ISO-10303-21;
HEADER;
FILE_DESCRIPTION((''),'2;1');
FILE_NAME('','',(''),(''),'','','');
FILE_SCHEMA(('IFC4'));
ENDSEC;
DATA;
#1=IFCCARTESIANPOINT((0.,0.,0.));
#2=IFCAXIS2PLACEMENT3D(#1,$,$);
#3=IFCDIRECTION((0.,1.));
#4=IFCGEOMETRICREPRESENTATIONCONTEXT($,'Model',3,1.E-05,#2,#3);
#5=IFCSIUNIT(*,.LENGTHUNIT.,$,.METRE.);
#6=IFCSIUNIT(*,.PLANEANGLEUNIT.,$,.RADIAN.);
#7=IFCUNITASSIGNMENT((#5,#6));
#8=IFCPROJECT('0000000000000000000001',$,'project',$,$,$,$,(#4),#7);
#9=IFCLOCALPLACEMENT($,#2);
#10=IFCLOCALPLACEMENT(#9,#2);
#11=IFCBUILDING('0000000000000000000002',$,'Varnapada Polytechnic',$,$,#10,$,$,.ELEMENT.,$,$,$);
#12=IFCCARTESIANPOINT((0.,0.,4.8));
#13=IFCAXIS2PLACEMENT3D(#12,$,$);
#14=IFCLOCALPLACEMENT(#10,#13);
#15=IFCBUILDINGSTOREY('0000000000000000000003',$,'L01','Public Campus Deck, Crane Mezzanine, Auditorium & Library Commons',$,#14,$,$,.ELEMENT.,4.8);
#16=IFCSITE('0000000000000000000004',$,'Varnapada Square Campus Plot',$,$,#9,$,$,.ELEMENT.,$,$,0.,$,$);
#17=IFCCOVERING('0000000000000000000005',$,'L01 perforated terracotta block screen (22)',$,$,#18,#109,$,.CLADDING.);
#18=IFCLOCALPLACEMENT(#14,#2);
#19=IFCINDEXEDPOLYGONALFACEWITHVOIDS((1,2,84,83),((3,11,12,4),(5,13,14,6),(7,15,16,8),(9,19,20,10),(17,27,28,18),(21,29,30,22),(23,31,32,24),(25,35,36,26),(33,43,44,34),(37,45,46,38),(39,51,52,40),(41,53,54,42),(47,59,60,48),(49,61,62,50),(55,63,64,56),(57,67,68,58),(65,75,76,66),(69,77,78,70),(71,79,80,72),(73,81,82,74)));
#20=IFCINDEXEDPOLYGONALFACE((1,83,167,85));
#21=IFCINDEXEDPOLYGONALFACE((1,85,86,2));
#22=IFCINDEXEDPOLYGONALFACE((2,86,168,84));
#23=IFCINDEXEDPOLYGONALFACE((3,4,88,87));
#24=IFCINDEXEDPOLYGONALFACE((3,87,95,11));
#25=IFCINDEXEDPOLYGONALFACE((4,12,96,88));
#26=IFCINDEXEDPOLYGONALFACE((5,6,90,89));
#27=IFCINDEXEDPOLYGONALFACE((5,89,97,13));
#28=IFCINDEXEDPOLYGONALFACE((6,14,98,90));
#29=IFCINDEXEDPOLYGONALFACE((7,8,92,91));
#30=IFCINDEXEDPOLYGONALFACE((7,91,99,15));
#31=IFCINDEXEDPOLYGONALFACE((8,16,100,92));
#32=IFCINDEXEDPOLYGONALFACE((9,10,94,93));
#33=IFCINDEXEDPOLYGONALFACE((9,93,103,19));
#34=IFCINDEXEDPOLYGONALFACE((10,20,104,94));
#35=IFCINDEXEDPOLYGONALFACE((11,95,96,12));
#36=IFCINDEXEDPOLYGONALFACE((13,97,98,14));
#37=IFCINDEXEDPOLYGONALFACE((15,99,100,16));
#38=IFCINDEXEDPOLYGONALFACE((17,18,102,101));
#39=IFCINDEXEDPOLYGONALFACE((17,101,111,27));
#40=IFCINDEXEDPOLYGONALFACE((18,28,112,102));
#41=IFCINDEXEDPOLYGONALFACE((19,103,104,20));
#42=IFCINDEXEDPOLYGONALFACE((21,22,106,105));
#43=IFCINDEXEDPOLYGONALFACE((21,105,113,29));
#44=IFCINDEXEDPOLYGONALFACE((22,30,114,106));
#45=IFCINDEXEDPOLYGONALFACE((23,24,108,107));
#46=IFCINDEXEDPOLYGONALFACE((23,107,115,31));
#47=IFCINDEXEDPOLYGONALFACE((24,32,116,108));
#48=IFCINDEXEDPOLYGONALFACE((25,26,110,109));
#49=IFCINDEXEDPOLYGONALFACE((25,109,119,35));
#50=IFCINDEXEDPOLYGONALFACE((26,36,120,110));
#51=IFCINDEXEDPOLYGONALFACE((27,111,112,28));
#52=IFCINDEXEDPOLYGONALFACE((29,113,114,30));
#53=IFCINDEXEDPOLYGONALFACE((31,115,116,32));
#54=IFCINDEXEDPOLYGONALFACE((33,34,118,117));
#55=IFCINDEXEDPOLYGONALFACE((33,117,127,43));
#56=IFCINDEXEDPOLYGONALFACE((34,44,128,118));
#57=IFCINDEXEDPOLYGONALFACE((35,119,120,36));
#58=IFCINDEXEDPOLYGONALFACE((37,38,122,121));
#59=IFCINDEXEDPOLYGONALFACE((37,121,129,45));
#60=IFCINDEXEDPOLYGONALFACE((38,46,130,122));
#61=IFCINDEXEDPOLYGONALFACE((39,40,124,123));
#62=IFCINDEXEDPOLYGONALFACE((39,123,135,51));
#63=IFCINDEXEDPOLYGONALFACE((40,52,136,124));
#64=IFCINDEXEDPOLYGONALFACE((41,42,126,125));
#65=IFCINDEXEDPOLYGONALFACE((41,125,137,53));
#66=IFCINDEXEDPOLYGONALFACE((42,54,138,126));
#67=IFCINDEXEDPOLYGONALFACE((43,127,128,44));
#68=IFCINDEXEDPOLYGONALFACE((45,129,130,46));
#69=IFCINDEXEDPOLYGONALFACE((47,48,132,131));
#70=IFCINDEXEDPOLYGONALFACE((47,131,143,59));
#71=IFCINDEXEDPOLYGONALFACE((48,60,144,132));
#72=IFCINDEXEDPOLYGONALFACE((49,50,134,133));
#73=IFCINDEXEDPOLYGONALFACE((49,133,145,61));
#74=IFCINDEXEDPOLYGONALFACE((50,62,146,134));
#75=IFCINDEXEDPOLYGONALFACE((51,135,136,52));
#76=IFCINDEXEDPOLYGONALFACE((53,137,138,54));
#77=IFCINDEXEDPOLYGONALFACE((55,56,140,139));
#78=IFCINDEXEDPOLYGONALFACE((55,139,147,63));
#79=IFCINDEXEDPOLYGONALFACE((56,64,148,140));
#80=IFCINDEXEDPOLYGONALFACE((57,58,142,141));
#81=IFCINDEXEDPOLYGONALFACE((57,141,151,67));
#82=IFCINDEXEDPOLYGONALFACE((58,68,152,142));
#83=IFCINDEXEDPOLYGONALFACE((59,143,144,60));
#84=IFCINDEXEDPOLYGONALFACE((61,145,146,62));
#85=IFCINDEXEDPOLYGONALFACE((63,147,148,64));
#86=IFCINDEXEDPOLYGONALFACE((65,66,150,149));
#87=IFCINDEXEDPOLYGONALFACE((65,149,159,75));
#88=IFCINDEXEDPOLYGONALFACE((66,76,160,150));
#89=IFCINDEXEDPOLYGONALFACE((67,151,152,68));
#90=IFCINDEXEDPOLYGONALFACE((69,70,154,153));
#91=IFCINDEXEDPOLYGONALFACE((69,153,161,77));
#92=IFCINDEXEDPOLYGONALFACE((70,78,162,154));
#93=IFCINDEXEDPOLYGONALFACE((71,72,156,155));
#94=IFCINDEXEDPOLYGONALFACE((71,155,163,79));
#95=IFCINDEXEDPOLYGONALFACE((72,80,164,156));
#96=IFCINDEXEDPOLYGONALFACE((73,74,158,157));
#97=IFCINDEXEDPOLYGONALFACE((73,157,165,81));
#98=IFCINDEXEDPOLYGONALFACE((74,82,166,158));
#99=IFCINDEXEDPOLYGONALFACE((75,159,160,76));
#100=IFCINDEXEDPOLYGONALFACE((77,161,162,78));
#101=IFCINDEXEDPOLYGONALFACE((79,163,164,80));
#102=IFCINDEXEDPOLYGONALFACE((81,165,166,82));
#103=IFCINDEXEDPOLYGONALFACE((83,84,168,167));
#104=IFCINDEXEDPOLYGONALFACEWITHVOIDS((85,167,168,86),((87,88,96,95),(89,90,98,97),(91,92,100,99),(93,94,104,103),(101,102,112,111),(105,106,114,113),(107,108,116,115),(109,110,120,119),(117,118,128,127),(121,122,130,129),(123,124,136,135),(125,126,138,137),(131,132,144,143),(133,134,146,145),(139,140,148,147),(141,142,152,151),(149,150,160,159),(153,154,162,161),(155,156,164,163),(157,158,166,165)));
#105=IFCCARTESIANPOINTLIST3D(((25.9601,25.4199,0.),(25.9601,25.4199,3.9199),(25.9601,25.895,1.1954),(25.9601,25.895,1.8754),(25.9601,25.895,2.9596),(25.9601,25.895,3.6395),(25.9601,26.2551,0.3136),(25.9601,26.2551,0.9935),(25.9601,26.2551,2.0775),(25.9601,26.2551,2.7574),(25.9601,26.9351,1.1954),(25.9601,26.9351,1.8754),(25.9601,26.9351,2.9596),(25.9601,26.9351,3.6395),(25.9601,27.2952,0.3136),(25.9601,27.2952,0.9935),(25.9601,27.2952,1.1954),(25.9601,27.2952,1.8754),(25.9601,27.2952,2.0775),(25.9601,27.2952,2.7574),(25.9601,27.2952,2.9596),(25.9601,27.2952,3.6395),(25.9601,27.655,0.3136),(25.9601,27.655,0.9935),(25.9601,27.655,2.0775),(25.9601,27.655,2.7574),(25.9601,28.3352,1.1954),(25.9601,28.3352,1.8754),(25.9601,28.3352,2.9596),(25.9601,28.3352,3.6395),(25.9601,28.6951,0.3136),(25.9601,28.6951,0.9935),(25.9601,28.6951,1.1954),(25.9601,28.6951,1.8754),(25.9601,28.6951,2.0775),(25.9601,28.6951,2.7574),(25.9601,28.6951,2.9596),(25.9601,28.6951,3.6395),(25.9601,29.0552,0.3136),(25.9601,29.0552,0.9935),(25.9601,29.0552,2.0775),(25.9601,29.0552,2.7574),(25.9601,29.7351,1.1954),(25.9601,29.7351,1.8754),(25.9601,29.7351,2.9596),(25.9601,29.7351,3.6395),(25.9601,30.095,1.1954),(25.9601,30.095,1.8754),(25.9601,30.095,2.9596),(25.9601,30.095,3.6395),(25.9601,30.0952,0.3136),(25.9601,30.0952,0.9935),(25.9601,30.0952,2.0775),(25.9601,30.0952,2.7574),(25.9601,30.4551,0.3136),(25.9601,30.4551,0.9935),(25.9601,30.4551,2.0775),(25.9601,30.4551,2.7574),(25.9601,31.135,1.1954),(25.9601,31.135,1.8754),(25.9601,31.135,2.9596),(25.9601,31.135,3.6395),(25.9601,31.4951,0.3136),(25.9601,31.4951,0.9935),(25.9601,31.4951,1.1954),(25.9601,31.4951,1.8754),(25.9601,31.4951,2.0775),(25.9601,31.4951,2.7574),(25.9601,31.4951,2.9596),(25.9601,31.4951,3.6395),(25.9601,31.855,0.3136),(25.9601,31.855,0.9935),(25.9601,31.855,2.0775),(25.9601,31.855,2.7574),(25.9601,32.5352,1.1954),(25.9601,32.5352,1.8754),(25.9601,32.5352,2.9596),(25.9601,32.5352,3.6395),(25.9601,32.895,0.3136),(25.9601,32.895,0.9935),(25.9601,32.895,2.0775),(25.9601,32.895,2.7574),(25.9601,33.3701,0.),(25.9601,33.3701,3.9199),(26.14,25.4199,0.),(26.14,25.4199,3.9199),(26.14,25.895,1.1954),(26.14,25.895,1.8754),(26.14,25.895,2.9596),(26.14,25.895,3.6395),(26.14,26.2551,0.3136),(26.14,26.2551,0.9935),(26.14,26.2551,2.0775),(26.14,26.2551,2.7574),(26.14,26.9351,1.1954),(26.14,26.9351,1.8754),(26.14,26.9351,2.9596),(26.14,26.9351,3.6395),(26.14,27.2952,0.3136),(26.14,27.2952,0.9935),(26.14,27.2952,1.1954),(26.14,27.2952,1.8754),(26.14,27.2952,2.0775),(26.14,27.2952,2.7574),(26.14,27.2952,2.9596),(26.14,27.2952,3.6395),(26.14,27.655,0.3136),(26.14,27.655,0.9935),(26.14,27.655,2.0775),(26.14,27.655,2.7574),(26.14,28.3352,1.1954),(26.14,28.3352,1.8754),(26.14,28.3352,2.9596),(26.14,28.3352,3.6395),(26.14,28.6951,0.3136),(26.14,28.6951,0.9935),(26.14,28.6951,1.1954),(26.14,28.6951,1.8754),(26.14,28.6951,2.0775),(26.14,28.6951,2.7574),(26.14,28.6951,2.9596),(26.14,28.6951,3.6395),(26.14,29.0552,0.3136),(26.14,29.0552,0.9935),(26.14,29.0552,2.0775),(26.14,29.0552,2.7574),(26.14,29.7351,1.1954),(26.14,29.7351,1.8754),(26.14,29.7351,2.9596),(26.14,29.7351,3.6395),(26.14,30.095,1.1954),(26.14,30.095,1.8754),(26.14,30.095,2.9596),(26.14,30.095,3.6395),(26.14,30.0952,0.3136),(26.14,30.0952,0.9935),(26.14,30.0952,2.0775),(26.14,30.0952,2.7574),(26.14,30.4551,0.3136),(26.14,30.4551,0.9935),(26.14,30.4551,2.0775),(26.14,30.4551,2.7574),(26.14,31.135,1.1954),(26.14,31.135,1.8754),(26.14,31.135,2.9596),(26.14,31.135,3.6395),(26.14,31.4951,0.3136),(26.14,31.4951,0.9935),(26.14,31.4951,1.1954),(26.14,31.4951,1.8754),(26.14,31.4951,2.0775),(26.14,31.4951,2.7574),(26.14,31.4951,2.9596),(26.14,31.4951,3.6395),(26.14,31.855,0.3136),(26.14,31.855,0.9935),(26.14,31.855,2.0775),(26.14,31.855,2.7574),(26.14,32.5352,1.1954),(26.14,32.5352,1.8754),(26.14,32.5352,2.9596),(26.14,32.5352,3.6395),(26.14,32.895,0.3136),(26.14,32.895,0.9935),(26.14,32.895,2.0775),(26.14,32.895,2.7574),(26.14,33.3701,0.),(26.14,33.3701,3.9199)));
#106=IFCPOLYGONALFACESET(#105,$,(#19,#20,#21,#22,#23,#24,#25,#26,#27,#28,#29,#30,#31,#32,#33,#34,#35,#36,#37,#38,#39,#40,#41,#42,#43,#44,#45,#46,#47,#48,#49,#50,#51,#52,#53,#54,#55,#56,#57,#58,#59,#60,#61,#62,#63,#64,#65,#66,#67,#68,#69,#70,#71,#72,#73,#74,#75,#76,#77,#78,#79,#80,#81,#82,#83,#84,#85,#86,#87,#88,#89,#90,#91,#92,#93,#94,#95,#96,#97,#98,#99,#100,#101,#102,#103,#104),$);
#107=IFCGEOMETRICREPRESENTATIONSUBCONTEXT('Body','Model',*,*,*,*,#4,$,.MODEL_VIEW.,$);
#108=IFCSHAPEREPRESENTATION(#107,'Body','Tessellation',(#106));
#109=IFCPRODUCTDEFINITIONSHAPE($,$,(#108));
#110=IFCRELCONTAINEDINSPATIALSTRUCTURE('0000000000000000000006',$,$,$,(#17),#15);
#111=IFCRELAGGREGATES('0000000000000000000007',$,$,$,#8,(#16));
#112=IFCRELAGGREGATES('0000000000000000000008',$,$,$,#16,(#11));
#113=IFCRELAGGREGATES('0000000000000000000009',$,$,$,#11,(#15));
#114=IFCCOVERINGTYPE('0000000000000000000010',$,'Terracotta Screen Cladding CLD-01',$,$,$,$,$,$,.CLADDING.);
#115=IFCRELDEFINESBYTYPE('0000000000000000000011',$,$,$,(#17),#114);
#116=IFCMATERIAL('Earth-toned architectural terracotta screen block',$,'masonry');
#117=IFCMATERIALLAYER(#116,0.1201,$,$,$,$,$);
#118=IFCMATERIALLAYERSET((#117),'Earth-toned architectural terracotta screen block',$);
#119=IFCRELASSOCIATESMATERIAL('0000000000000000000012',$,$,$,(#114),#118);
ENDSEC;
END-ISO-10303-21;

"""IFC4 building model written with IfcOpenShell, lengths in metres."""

from ifc_helpers import new_model, si_unit, direction, frame, frame_2d, origin, place, context, subcontext, project, spatial, rectangle, extrude, material, layer, layer_set, type_object, element, save


model = new_model("IFC4")

# Units and contexts
model_context = context("Model", 3, precision=1e-05, world=origin(), true_north=direction((0.0, 1.0)))
body_context = subcontext(model_context, "Body", "Model", "MODEL_VIEW")
ifc_project = project(units=[si_unit("LENGTHUNIT", "METRE"), si_unit("PLANEANGLEUNIT", "RADIAN")], contexts=[model_context])

# Site, building, storey
site_placement = place(None, origin())
site = spatial("IfcSite", under=ifc_project, at=site_placement, Name="Varnapada Square Campus Plot", CompositionType="ELEMENT", RefElevation=0.0)
building_placement = place(site_placement, origin())
building = spatial("IfcBuilding", under=site, at=building_placement, Name="Varnapada Polytechnic", CompositionType="ELEMENT")
storey_placement = place(building_placement, frame((0.0, 0.0, 4.8)))
storey = spatial("IfcBuildingStorey", under=building, at=storey_placement, Name="L01", Description="Public Campus Deck, Crane Mezzanine, Auditorium & Library Commons", CompositionType="ELEMENT", Elevation=4.8)

# Covering, openings
ifc_material_1 = material(Name="Earth-toned architectural terracotta screen block", Category="masonry")
ifc_layer_1 = layer(ifc_material_1, 0.1201)
ifc_layer_set_1 = layer_set([ifc_layer_1], Name="Earth-toned architectural terracotta screen block")
covering_type = type_object("IfcCoveringType", Name="Terracotta Screen Cladding CLD-01", PredefinedType="CLADDING", material=ifc_layer_set_1)
covering_placement = place(storey_placement, frame((26.05, 33.3701, 0.0), z_axis=(0.0, 0.0, 1.0), x_axis=(0.0, -1.0, 0.0)))
covering = element("IfcCovering", 1, at=covering_placement, inside=storey, type_object=covering_type, Name="L01 perforated terracotta block screen (22)", PredefinedType="CLADDING", context=body_context, shape_type="SweptSolid", body=[
    extrude(rectangle(XDim=7.9502, YDim=0.1799, at=frame_2d((3.9751, 0.0))), origin(), (0.0, 0.0, 1.0), 3.9199),
])
opening_1_placement = place(covering_placement, frame((0.4751, 0.0, 0.3137)))
element("IfcOpeningElement", 2, at=opening_1_placement, cuts=covering, PredefinedType="OPENING", context=body_context, shape_type="SweptSolid", body=[
    extrude(rectangle(XDim=1.04, YDim=0.6799, at=frame_2d((0.52, 0.3398))), frame((0.0, 0.0999, 0.0), z_axis=(0.0, -1.0, 0.0), x_axis=(1.0, 0.0, 0.0)), (0.0, 0.0, 1.0), 0.2),
])
opening_2_placement = place(covering_placement, frame((1.875, 0.0, 0.3137)))
element("IfcOpeningElement", 3, at=opening_2_placement, cuts=covering, PredefinedType="OPENING", context=body_context, shape_type="SweptSolid", body=[
    extrude(rectangle(XDim=1.04, YDim=0.6799, at=frame_2d((0.52, 0.3398))), frame((0.0, 0.0999, 0.0), z_axis=(0.0, -1.0, 0.0), x_axis=(1.0, 0.0, 0.0)), (0.0, 0.0, 1.0), 0.2),
])
opening_3_placement = place(covering_placement, frame((3.2749, 0.0, 0.3137)))
element("IfcOpeningElement", 4, at=opening_3_placement, cuts=covering, PredefinedType="OPENING", context=body_context, shape_type="SweptSolid", body=[
    extrude(rectangle(XDim=1.04, YDim=0.6799, at=frame_2d((0.52, 0.3398))), frame((0.0, 0.0999, 0.0), z_axis=(0.0, -1.0, 0.0), x_axis=(1.0, 0.0, 0.0)), (0.0, 0.0, 1.0), 0.2),
])
opening_4_placement = place(covering_placement, frame((4.675, 0.0, 0.3137)))
element("IfcOpeningElement", 5, at=opening_4_placement, cuts=covering, PredefinedType="OPENING", context=body_context, shape_type="SweptSolid", body=[
    extrude(rectangle(XDim=1.04, YDim=0.6799, at=frame_2d((0.52, 0.3398))), frame((0.0, 0.0999, 0.0), z_axis=(0.0, -1.0, 0.0), x_axis=(1.0, 0.0, 0.0)), (0.0, 0.0, 1.0), 0.2),
])
opening_5_placement = place(covering_placement, frame((6.075, 0.0, 0.3137)))
element("IfcOpeningElement", 6, at=opening_5_placement, cuts=covering, PredefinedType="OPENING", context=body_context, shape_type="SweptSolid", body=[
    extrude(rectangle(XDim=1.04, YDim=0.6799, at=frame_2d((0.52, 0.3398))), frame((0.0, 0.0999, 0.0), z_axis=(0.0, -1.0, 0.0), x_axis=(1.0, 0.0, 0.0)), (0.0, 0.0, 1.0), 0.2),
])
opening_6_placement = place(covering_placement, frame((0.835, 0.0, 1.1956)))
element("IfcOpeningElement", 7, at=opening_6_placement, cuts=covering, PredefinedType="OPENING", context=body_context, shape_type="SweptSolid", body=[
    extrude(rectangle(XDim=1.04, YDim=0.6799, at=frame_2d((0.52, 0.3398))), frame((0.0, 0.0999, 0.0), z_axis=(0.0, -1.0, 0.0), x_axis=(1.0, 0.0, 0.0)), (0.0, 0.0, 1.0), 0.2),
])
opening_7_placement = place(covering_placement, frame((2.2351, 0.0, 1.1956)))
element("IfcOpeningElement", 8, at=opening_7_placement, cuts=covering, PredefinedType="OPENING", context=body_context, shape_type="SweptSolid", body=[
    extrude(rectangle(XDim=1.04, YDim=0.6799, at=frame_2d((0.52, 0.3398))), frame((0.0, 0.0999, 0.0), z_axis=(0.0, -1.0, 0.0), x_axis=(1.0, 0.0, 0.0)), (0.0, 0.0, 1.0), 0.2),
])
opening_8_placement = place(covering_placement, frame((3.635, 0.0, 1.1956)))
element("IfcOpeningElement", 9, at=opening_8_placement, cuts=covering, PredefinedType="OPENING", context=body_context, shape_type="SweptSolid", body=[
    extrude(rectangle(XDim=1.04, YDim=0.6799, at=frame_2d((0.52, 0.3398))), frame((0.0, 0.0999, 0.0), z_axis=(0.0, -1.0, 0.0), x_axis=(1.0, 0.0, 0.0)), (0.0, 0.0, 1.0), 0.2),
])
opening_9_placement = place(covering_placement, frame((5.0349, 0.0, 1.1956)))
element("IfcOpeningElement", 10, at=opening_9_placement, cuts=covering, PredefinedType="OPENING", context=body_context, shape_type="SweptSolid", body=[
    extrude(rectangle(XDim=1.04, YDim=0.6799, at=frame_2d((0.52, 0.3398))), frame((0.0, 0.0999, 0.0), z_axis=(0.0, -1.0, 0.0), x_axis=(1.0, 0.0, 0.0)), (0.0, 0.0, 1.0), 0.2),
])
opening_10_placement = place(covering_placement, frame((6.4351, 0.0, 1.1956)))
element("IfcOpeningElement", 11, at=opening_10_placement, cuts=covering, PredefinedType="OPENING", context=body_context, shape_type="SweptSolid", body=[
    extrude(rectangle(XDim=1.04, YDim=0.6799, at=frame_2d((0.52, 0.3398))), frame((0.0, 0.0999, 0.0), z_axis=(0.0, -1.0, 0.0), x_axis=(1.0, 0.0, 0.0)), (0.0, 0.0, 1.0), 0.2),
])
opening_11_placement = place(covering_placement, frame((0.4751, 0.0, 2.0776)))
element("IfcOpeningElement", 12, at=opening_11_placement, cuts=covering, PredefinedType="OPENING", context=body_context, shape_type="SweptSolid", body=[
    extrude(rectangle(XDim=1.04, YDim=0.6799, at=frame_2d((0.52, 0.3398))), frame((0.0, 0.0999, 0.0), z_axis=(0.0, -1.0, 0.0), x_axis=(1.0, 0.0, 0.0)), (0.0, 0.0, 1.0), 0.2),
])
opening_12_placement = place(covering_placement, frame((1.875, 0.0, 2.0776)))
element("IfcOpeningElement", 13, at=opening_12_placement, cuts=covering, PredefinedType="OPENING", context=body_context, shape_type="SweptSolid", body=[
    extrude(rectangle(XDim=1.04, YDim=0.6799, at=frame_2d((0.52, 0.3398))), frame((0.0, 0.0999, 0.0), z_axis=(0.0, -1.0, 0.0), x_axis=(1.0, 0.0, 0.0)), (0.0, 0.0, 1.0), 0.2),
])
opening_13_placement = place(covering_placement, frame((3.2749, 0.0, 2.0776)))
element("IfcOpeningElement", 14, at=opening_13_placement, cuts=covering, PredefinedType="OPENING", context=body_context, shape_type="SweptSolid", body=[
    extrude(rectangle(XDim=1.04, YDim=0.6799, at=frame_2d((0.52, 0.3398))), frame((0.0, 0.0999, 0.0), z_axis=(0.0, -1.0, 0.0), x_axis=(1.0, 0.0, 0.0)), (0.0, 0.0, 1.0), 0.2),
])
opening_14_placement = place(covering_placement, frame((4.675, 0.0, 2.0776)))
element("IfcOpeningElement", 15, at=opening_14_placement, cuts=covering, PredefinedType="OPENING", context=body_context, shape_type="SweptSolid", body=[
    extrude(rectangle(XDim=1.04, YDim=0.6799, at=frame_2d((0.52, 0.3398))), frame((0.0, 0.0999, 0.0), z_axis=(0.0, -1.0, 0.0), x_axis=(1.0, 0.0, 0.0)), (0.0, 0.0, 1.0), 0.2),
])
opening_15_placement = place(covering_placement, frame((6.075, 0.0, 2.0776)))
element("IfcOpeningElement", 16, at=opening_15_placement, cuts=covering, PredefinedType="OPENING", context=body_context, shape_type="SweptSolid", body=[
    extrude(rectangle(XDim=1.04, YDim=0.6799, at=frame_2d((0.52, 0.3398))), frame((0.0, 0.0999, 0.0), z_axis=(0.0, -1.0, 0.0), x_axis=(1.0, 0.0, 0.0)), (0.0, 0.0, 1.0), 0.2),
])
opening_16_placement = place(covering_placement, frame((0.835, 0.0, 2.9597)))
element("IfcOpeningElement", 17, at=opening_16_placement, cuts=covering, PredefinedType="OPENING", context=body_context, shape_type="SweptSolid", body=[
    extrude(rectangle(XDim=1.04, YDim=0.6799, at=frame_2d((0.52, 0.3398))), frame((0.0, 0.0999, 0.0), z_axis=(0.0, -1.0, 0.0), x_axis=(1.0, 0.0, 0.0)), (0.0, 0.0, 1.0), 0.2),
])
opening_17_placement = place(covering_placement, frame((2.2351, 0.0, 2.9597)))
element("IfcOpeningElement", 18, at=opening_17_placement, cuts=covering, PredefinedType="OPENING", context=body_context, shape_type="SweptSolid", body=[
    extrude(rectangle(XDim=1.04, YDim=0.6799, at=frame_2d((0.52, 0.3398))), frame((0.0, 0.0999, 0.0), z_axis=(0.0, -1.0, 0.0), x_axis=(1.0, 0.0, 0.0)), (0.0, 0.0, 1.0), 0.2),
])
opening_18_placement = place(covering_placement, frame((3.635, 0.0, 2.9597)))
element("IfcOpeningElement", 19, at=opening_18_placement, cuts=covering, PredefinedType="OPENING", context=body_context, shape_type="SweptSolid", body=[
    extrude(rectangle(XDim=1.04, YDim=0.6799, at=frame_2d((0.52, 0.3398))), frame((0.0, 0.0999, 0.0), z_axis=(0.0, -1.0, 0.0), x_axis=(1.0, 0.0, 0.0)), (0.0, 0.0, 1.0), 0.2),
])
opening_19_placement = place(covering_placement, frame((5.0349, 0.0, 2.9597)))
element("IfcOpeningElement", 20, at=opening_19_placement, cuts=covering, PredefinedType="OPENING", context=body_context, shape_type="SweptSolid", body=[
    extrude(rectangle(XDim=1.04, YDim=0.6799, at=frame_2d((0.52, 0.3398))), frame((0.0, 0.0999, 0.0), z_axis=(0.0, -1.0, 0.0), x_axis=(1.0, 0.0, 0.0)), (0.0, 0.0, 1.0), 0.2),
])
opening_20_placement = place(covering_placement, frame((6.4351, 0.0, 2.9597)))
element("IfcOpeningElement", 21, at=opening_20_placement, cuts=covering, PredefinedType="OPENING", context=body_context, shape_type="SweptSolid", body=[
    extrude(rectangle(XDim=1.04, YDim=0.6799, at=frame_2d((0.52, 0.3398))), frame((0.0, 0.0999, 0.0), z_axis=(0.0, -1.0, 0.0), x_axis=(1.0, 0.0, 0.0)), (0.0, 0.0, 1.0), 0.2),
])

save(model, "model.ifc")
